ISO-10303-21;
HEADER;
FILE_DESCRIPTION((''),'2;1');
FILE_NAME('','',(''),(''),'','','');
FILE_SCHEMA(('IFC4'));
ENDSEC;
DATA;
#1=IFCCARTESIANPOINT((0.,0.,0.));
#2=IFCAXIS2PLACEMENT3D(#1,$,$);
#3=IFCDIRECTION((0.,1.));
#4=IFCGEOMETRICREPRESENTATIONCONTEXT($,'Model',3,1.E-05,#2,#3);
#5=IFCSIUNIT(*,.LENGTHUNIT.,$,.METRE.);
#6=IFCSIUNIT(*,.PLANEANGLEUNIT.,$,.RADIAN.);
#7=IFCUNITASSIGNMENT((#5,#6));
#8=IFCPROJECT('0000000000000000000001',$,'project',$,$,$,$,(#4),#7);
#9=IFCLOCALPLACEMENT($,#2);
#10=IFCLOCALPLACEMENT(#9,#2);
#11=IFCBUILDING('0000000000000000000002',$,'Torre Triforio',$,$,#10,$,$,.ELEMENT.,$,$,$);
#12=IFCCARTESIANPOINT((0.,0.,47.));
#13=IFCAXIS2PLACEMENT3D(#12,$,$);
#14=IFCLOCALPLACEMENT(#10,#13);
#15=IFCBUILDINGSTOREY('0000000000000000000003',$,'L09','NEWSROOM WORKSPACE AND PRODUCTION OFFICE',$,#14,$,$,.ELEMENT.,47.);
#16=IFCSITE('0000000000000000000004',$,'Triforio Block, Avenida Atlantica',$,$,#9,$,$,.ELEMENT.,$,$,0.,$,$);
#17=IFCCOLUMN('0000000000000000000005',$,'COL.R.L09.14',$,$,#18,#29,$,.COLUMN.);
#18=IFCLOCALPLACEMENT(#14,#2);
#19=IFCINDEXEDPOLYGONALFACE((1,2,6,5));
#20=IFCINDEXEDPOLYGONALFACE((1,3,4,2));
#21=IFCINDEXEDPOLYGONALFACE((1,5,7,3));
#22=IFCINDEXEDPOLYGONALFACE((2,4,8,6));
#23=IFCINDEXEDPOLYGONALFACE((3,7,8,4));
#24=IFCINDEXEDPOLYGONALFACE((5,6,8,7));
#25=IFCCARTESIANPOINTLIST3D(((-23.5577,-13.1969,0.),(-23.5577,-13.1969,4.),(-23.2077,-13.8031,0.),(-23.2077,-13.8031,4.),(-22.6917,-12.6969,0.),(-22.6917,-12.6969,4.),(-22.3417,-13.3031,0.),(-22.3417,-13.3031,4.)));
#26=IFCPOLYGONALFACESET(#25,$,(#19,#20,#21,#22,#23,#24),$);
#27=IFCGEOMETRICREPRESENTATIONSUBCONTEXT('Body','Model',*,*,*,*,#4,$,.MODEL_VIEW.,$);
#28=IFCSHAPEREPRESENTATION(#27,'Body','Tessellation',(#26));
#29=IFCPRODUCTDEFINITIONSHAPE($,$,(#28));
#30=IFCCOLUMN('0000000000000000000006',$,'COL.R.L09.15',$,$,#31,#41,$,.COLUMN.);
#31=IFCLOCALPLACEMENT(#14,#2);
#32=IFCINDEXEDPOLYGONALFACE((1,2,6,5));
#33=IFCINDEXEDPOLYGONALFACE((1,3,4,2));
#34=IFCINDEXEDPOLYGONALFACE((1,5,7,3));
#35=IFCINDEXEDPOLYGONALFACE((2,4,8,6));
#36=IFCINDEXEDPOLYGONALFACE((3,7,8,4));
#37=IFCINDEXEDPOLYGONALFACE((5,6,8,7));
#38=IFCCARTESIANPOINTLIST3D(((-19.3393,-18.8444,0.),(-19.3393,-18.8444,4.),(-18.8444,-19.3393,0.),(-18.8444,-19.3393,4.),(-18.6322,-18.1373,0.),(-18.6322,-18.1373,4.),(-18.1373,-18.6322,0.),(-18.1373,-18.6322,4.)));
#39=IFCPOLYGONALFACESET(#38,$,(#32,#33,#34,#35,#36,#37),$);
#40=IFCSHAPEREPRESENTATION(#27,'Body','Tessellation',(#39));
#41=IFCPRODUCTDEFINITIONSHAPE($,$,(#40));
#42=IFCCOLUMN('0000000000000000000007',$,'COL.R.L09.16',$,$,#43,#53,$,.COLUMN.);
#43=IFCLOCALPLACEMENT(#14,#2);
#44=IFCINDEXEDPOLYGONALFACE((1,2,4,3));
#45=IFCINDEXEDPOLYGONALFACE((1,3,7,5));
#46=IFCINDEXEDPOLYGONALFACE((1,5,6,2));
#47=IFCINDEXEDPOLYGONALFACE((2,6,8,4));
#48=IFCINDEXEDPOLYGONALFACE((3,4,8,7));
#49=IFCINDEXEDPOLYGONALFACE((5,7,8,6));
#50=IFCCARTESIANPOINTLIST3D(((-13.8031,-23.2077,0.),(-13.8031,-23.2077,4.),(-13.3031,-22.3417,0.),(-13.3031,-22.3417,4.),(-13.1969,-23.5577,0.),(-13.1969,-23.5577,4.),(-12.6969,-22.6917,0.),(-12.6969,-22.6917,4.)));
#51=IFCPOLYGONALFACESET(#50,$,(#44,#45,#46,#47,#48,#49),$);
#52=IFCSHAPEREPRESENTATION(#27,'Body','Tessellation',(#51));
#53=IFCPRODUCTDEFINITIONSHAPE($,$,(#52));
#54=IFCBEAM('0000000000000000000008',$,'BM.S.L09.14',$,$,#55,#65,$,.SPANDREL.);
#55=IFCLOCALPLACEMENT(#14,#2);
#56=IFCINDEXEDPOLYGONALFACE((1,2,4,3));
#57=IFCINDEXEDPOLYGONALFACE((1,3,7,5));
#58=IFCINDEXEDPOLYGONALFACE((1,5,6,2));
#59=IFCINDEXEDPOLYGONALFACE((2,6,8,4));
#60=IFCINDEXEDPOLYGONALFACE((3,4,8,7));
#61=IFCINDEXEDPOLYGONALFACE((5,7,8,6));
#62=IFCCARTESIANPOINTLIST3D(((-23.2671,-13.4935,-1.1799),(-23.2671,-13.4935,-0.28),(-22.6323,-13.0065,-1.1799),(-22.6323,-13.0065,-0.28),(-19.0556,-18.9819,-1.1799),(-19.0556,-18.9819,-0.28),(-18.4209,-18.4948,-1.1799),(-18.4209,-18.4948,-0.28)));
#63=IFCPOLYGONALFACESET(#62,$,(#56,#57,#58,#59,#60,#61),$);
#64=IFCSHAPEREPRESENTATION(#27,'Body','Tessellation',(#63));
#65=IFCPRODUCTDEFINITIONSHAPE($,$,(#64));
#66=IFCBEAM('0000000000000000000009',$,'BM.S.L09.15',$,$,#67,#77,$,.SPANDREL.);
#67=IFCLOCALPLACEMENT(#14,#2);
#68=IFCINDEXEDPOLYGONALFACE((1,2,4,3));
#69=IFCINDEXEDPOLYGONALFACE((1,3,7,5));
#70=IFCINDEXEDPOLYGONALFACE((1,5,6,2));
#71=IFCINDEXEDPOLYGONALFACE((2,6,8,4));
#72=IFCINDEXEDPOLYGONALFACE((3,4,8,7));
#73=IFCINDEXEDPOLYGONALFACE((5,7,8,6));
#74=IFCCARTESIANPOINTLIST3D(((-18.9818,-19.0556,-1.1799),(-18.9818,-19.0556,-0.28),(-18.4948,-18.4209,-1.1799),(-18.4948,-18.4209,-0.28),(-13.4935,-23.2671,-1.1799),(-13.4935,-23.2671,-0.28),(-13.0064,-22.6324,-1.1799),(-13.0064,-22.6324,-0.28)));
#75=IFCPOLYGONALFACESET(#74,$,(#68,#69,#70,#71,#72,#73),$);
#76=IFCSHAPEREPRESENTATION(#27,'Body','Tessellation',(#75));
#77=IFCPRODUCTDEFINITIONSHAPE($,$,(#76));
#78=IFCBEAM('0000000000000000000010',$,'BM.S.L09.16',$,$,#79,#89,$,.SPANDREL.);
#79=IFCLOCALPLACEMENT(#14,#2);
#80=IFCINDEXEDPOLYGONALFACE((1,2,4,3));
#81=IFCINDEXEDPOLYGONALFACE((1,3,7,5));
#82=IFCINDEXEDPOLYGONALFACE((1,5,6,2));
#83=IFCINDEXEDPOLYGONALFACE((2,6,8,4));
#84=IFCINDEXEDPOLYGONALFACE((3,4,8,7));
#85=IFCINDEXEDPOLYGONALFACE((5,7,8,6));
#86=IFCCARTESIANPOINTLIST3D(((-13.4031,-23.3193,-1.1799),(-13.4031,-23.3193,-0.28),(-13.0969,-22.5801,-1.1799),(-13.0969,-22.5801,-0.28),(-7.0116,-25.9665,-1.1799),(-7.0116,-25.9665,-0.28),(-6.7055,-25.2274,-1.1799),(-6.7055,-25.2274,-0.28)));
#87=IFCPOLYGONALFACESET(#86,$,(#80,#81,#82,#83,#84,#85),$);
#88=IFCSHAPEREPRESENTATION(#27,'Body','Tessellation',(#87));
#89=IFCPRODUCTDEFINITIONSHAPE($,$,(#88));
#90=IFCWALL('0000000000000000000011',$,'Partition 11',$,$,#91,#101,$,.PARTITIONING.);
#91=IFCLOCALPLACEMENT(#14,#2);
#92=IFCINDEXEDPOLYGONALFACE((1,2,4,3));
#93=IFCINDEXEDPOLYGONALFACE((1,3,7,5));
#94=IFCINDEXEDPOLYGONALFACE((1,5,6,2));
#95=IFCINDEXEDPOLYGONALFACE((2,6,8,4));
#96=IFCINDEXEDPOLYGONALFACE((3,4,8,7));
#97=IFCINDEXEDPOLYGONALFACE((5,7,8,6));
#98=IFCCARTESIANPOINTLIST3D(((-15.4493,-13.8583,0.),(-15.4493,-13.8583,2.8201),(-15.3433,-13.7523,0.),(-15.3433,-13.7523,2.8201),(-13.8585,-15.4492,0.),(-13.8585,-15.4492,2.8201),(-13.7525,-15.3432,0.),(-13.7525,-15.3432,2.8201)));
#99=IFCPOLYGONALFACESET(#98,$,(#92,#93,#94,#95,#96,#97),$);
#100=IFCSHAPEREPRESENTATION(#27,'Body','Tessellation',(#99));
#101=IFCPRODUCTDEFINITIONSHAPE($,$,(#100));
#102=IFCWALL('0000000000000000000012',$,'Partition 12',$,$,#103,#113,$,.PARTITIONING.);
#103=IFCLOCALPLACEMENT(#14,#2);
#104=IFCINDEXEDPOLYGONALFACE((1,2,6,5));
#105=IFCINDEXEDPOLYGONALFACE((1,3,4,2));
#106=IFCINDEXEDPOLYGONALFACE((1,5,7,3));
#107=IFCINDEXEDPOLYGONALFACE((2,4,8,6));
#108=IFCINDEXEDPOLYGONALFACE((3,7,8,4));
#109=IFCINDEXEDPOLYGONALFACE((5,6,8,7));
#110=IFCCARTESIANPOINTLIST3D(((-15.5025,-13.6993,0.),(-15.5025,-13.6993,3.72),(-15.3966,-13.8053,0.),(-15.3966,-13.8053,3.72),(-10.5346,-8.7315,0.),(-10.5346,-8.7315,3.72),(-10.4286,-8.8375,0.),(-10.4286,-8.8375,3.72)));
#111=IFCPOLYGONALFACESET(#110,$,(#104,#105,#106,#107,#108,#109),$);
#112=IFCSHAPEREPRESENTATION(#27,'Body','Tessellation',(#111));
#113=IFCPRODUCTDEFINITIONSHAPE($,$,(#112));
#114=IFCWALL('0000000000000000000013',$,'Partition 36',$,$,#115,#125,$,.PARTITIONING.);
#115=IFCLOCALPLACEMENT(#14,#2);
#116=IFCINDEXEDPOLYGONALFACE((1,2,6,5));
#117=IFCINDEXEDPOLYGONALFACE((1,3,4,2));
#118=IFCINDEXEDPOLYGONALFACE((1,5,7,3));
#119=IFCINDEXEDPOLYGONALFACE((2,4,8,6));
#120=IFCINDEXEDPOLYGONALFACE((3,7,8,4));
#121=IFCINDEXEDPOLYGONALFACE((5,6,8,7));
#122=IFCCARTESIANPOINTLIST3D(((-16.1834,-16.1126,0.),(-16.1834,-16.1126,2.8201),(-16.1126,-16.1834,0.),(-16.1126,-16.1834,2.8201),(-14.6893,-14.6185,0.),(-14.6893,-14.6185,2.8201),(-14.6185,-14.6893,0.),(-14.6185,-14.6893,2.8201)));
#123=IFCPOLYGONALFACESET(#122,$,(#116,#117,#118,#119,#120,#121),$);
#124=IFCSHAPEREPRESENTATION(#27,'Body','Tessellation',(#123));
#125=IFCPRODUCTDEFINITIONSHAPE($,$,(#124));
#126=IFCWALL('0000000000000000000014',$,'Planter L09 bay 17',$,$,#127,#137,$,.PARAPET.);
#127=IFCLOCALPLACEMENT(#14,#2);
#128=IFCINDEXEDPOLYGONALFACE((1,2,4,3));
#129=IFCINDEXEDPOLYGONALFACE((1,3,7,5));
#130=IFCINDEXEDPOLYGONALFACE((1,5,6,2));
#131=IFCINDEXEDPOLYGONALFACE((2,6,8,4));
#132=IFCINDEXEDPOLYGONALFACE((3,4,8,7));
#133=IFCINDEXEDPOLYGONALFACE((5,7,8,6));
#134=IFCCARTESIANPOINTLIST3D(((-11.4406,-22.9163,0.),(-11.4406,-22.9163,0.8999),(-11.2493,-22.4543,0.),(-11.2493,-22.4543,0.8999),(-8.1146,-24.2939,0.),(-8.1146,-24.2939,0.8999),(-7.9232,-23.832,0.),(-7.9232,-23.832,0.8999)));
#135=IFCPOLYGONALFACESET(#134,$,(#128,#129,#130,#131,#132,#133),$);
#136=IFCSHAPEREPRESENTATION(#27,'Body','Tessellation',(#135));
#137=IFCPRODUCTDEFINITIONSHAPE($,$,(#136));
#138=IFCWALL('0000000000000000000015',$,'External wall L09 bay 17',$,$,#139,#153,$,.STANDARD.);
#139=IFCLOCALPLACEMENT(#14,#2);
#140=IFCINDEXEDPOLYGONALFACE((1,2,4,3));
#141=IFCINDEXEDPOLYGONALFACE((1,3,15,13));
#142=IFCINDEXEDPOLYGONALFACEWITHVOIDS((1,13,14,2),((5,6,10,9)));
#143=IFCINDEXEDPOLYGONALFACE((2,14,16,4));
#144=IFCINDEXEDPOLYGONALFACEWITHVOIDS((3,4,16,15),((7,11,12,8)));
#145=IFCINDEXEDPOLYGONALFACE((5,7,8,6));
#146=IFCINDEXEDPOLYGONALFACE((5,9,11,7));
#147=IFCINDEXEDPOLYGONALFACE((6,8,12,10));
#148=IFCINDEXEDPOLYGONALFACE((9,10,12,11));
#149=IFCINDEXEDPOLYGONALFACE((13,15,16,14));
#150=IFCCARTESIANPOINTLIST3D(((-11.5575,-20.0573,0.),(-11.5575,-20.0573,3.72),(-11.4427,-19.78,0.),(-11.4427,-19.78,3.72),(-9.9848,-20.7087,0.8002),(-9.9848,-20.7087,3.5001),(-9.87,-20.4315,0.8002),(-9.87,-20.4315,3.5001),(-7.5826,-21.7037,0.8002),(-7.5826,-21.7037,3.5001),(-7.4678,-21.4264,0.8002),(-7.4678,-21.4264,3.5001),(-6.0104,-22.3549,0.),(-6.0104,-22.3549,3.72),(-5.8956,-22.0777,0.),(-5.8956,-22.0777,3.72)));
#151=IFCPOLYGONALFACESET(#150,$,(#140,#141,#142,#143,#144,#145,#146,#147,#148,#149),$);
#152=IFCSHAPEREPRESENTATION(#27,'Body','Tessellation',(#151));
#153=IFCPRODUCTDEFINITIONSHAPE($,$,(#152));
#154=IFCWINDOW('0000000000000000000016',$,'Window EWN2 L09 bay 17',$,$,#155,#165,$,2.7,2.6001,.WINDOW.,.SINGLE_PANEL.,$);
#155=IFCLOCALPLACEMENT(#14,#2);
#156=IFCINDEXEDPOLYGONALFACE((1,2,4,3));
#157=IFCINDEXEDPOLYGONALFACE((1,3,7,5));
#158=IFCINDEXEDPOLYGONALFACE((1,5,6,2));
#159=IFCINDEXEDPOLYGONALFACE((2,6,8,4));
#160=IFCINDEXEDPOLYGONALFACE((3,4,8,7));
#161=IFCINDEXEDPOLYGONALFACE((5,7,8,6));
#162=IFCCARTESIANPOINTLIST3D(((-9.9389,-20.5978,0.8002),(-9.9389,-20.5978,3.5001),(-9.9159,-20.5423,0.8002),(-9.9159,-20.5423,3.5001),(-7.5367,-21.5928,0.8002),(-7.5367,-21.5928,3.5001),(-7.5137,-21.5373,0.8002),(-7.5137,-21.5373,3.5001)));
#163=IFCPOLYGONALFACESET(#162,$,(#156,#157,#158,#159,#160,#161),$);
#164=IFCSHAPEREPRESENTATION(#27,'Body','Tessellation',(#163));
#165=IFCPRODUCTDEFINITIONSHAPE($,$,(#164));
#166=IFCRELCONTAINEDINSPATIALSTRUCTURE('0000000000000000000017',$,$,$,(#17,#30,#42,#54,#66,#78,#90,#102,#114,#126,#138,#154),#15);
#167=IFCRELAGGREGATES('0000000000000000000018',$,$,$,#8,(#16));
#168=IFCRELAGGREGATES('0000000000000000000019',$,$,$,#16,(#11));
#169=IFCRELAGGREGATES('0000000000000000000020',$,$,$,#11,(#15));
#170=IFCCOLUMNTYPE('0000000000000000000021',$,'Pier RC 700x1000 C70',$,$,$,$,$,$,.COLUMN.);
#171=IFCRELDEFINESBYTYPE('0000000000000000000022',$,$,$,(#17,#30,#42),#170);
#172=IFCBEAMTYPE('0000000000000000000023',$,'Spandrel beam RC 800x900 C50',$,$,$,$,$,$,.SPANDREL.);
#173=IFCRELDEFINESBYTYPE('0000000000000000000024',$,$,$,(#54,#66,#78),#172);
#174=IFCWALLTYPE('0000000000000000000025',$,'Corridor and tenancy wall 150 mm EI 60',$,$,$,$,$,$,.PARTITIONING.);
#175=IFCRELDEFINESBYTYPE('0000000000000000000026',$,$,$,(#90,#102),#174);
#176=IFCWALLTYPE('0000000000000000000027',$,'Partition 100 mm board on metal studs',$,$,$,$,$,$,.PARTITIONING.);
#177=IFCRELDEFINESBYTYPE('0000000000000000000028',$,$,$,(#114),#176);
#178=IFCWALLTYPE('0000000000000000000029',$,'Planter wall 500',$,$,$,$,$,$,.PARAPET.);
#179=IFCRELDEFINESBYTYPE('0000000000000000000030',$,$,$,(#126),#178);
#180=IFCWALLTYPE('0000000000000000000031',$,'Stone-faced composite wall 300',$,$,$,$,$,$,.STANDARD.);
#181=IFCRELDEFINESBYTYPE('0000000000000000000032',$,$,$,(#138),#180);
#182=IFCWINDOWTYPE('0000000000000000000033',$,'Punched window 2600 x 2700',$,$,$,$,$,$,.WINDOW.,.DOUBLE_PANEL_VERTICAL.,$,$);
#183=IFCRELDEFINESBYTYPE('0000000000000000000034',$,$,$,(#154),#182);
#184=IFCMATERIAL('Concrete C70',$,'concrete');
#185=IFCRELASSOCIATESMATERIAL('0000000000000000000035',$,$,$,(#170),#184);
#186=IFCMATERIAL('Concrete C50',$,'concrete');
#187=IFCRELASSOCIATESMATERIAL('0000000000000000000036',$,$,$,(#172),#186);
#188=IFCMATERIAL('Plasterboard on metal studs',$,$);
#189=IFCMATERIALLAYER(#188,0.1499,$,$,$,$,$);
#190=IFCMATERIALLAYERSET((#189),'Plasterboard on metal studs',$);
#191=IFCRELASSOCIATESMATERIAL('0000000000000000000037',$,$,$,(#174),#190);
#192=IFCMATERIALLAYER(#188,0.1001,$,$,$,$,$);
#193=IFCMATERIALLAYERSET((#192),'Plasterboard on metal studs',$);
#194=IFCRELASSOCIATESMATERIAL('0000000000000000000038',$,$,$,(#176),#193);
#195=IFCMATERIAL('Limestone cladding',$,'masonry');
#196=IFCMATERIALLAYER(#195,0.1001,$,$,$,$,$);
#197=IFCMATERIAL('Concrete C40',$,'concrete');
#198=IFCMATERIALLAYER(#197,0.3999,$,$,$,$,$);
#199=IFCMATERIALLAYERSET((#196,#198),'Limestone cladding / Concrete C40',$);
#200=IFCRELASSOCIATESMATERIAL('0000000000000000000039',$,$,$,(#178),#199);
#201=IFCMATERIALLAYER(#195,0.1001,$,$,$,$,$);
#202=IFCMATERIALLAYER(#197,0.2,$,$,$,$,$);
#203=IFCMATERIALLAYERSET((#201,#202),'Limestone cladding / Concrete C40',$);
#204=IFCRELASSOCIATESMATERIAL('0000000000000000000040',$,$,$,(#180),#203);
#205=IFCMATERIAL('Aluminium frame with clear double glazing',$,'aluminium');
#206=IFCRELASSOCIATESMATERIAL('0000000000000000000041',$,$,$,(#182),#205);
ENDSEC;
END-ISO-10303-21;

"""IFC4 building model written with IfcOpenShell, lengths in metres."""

from ifc_helpers import new_model, si_unit, direction, frame, frame_2d, origin, origin_2d, place, context, subcontext, project, spatial, rectangle, extrude, material, layer, layer_set, material_profile, profile_set, type_object, element, fill, save


model = new_model("IFC4")

# Units and contexts
model_context = context("Model", 3, precision=1e-05, world=origin(), true_north=direction((0.0, 1.0)))
body_context = subcontext(model_context, "Body", "Model", "MODEL_VIEW")
ifc_project = project(units=[si_unit("LENGTHUNIT", "METRE"), si_unit("PLANEANGLEUNIT", "RADIAN")], contexts=[model_context])

# Site, building, storey
site_placement = place(None, origin())
site = spatial("IfcSite", under=ifc_project, at=site_placement, Name="Triforio Block, Avenida Atlantica", CompositionType="ELEMENT", RefElevation=0.0)
building_placement = place(site_placement, origin())
building = spatial("IfcBuilding", under=site, at=building_placement, Name="Torre Triforio", CompositionType="ELEMENT")
storey_placement = place(building_placement, frame((0.0, 0.0, 47.0)))
storey = spatial("IfcBuildingStorey", under=building, at=storey_placement, Name="L09", Description="NEWSROOM WORKSPACE AND PRODUCTION OFFICE", CompositionType="ELEMENT", Elevation=47.0)

# Columns
ifc_material_1 = material(Name="Concrete C70", Category="concrete")
ifc_material_profile_1 = material_profile(ifc_material_1, rectangle(XDim=0.7, YDim=1.0, at=origin_2d()), Name="RC 700x1000")
ifc_profile_set_1 = profile_set([ifc_material_profile_1], Name="Concrete C70")
column_type = type_object("IfcColumnType", Name="Pier RC 700x1000 C70", PredefinedType="COLUMN", material=ifc_profile_set_1)
for number, where, z_axis, x_axis, name in (
    (1, (-22.9497, -13.25, 0.0), (0.0, 0.0, 1.0), (0.5, -0.866025, 0.0), "COL.R.L09.14"),
    (2, (-18.7383, -18.7383, 0.0), (0.0, 0.0, 1.0), (0.707107, -0.707107, 0.0), "COL.R.L09.15"),
    (3, (-13.25, -22.9497, 0.0), (0.0, 0.0, 1.0), (0.866025, -0.5, 0.0), "COL.R.L09.16"),
):
    element("IfcColumn", number, at=place(storey_placement, frame(where, z_axis=z_axis, x_axis=x_axis)), inside=storey, type_object=column_type, Name=name, PredefinedType="COLUMN", context=body_context, shape_type="SweptSolid", body=[
        extrude(rectangle(XDim=0.7, YDim=1.0, at=origin_2d()), origin(), (0.0, 0.0, 1.0), 4.0),
    ])

# Beams
ifc_material_2 = material(Name="Concrete C50", Category="concrete")
ifc_material_profile_2 = material_profile(ifc_material_2, rectangle(XDim=0.8, YDim=0.8999, at=origin_2d()), Name="RC 800x900")
ifc_profile_set_2 = profile_set([ifc_material_profile_2], Name="Concrete C50")
beam_type = type_object("IfcBeamType", Name="Spandrel beam RC 800x900 C50", PredefinedType="SPANDREL", material=ifc_profile_set_2)
for number, where, z_axis, x_axis, name in (
    (4, (-22.9497, -13.25, -0.73), (0.608772, -0.793345, 0.0), (0.793345, 0.608772, 0.0), "BM.S.L09.14"),
    (5, (-18.7383, -18.7383, -0.73), (0.793345, -0.608772, 0.0), (0.608772, 0.793345, 0.0), "BM.S.L09.15"),
    (6, (-13.25, -22.9497, -0.73), (0.923888, -0.382662, 0.0), (0.382662, 0.923888, 0.0), "BM.S.L09.16"),
):
    element("IfcBeam", number, at=place(storey_placement, frame(where, z_axis=z_axis, x_axis=x_axis)), inside=storey, type_object=beam_type, Name=name, PredefinedType="SPANDREL", context=body_context, shape_type="SweptSolid", body=[
        extrude(rectangle(XDim=0.8, YDim=0.8999, at=origin_2d()), origin(), (0.0, 0.0, 1.0), 6.918),
    ])

# Walls
ifc_material_3 = material(Name="Plasterboard on metal studs")
ifc_layer_1 = layer(ifc_material_3, 0.1499)
ifc_layer_set_1 = layer_set([ifc_layer_1], Name="Plasterboard on metal studs")
wall_type_1 = type_object("IfcWallType", Name="Corridor and tenancy wall 150 mm EI 60", PredefinedType="PARTITIONING", material=ifc_layer_set_1)
wall_1_placement = place(storey_placement, frame((-13.8054, -15.3962, 0.0), z_axis=(0.0, 0.0, 1.0), x_axis=(-0.707107, 0.707107, 0.0)))
element("IfcWall", 7, at=wall_1_placement, inside=storey, type_object=wall_type_1, Name="Partition 11", PredefinedType="PARTITIONING", context=body_context, shape_type="SweptSolid", body=[
    extrude(rectangle(XDim=2.2498, YDim=0.1499, at=frame_2d((1.125, 0.0))), origin(), (0.0, 0.0, 1.0), 2.8201),
])
wall_2_placement = place(storey_placement, frame((-15.4495, -13.7522, 0.0), z_axis=(0.0, 0.0, 1.0), x_axis=(0.707124, 0.707089, 0.0)))
element("IfcWall", 8, at=wall_2_placement, inside=storey, type_object=wall_type_1, Name="Partition 12", PredefinedType="PARTITIONING", context=body_context, shape_type="SweptSolid", body=[
    extrude(rectangle(XDim=7.0256, YDim=0.1499, at=frame_2d((3.5127, 0.0))), origin(), (0.0, 0.0, 1.0), 3.72),
])
ifc_layer_2 = layer(ifc_material_3, 0.1001)
ifc_layer_set_2 = layer_set([ifc_layer_2], Name="Plasterboard on metal studs")
wall_type_2 = type_object("IfcWallType", Name="Partition 100 mm board on metal studs", PredefinedType="PARTITIONING", material=ifc_layer_set_2)
wall_3_placement = place(storey_placement, frame((-14.6538, -14.6538, 0.0), z_axis=(0.0, 0.0, 1.0), x_axis=(-0.707107, -0.707107, 0.0)))
element("IfcWall", 9, at=wall_3_placement, inside=storey, type_object=wall_type_2, Name="Partition 36", PredefinedType="PARTITIONING", context=body_context, shape_type="SweptSolid", body=[
    extrude(rectangle(XDim=2.113, YDim=0.1001, at=frame_2d((1.0566, 0.0))), origin(), (0.0, 0.0, 1.0), 2.8201),
])
ifc_material_4 = material(Name="Limestone cladding", Category="masonry")
ifc_layer_3 = layer(ifc_material_4, 0.1001)
ifc_material_5 = material(Name="Concrete C40", Category="concrete")
ifc_layer_4 = layer(ifc_material_5, 0.3999)
ifc_layer_set_3 = layer_set([ifc_layer_3, ifc_layer_4], Name="Limestone cladding / Concrete C40")
wall_type_3 = type_object("IfcWallType", Name="Planter wall 500", PredefinedType="PARAPET", material=ifc_layer_set_3)
wall_4_placement = place(storey_placement, frame((-11.345, -22.6853, 0.0), z_axis=(0.0, 0.0, 1.0), x_axis=(0.923885, -0.382669, 0.0)))
element("IfcWall", 10, at=wall_4_placement, inside=storey, type_object=wall_type_3, Name="Planter L09 bay 17", PredefinedType="PARAPET", context=body_context, shape_type="SweptSolid", body=[
    extrude(rectangle(XDim=3.6001, YDim=0.5, at=frame_2d((1.8, 0.0))), origin(), (0.0, 0.0, 1.0), 0.8999),
])

# Shared definitions
ifc_layer_5 = layer(ifc_material_4, 0.1001)
ifc_layer_6 = layer(ifc_material_5, 0.2)
ifc_layer_set_4 = layer_set([ifc_layer_5, ifc_layer_6], Name="Limestone cladding / Concrete C40")
wall_type_4 = type_object("IfcWallType", Name="Stone-faced composite wall 300", PredefinedType="STANDARD", material=ifc_layer_set_4)
ifc_material_6 = material(Name="Aluminium frame with clear double glazing", Category="aluminium")

# Wall, opening, window
wall_5_placement = place(storey_placement, frame((-11.5, -19.9187, 0.0), z_axis=(0.0, 0.0, 1.0), x_axis=(0.923885, -0.382671, 0.0)))
wall_5 = element("IfcWall", 11, at=wall_5_placement, inside=storey, type_object=wall_type_4, Name="External wall L09 bay 17", PredefinedType="STANDARD", context=body_context, shape_type="SweptSolid", body=[
    extrude(rectangle(XDim=6.0042, YDim=0.3, at=frame_2d((3.002, 0.0))), origin(), (0.0, 0.0, 1.0), 3.72),
])
opening_1_placement = place(wall_5_placement, frame((1.7021, 0.0, 0.8)))
opening_1 = element("IfcOpeningElement", 12, at=opening_1_placement, cuts=wall_5, PredefinedType="OPENING", context=body_context, shape_type="SweptSolid", body=[
    extrude(rectangle(XDim=2.6001, YDim=2.7, at=frame_2d((1.3, 1.3501))), frame((0.0, 0.1599, 0.0), z_axis=(0.0, -1.0, 0.0), x_axis=(1.0, 0.0, 0.0)), (0.0, 0.0, 1.0), 0.3201),
])
window_type_1 = type_object("IfcWindowType", Name="Punched window 2600 x 2700", PartitioningType="DOUBLE_PANEL_VERTICAL", PredefinedType="WINDOW", material=ifc_material_6)
window_1_placement = place(opening_1_placement, origin())
window_1 = element("IfcWindow", 13, at=window_1_placement, inside=storey, type_object=window_type_1, Name="Window EWN2 L09 bay 17", OverallHeight=2.7, OverallWidth=2.6001, PartitioningType="SINGLE_PANEL", PredefinedType="WINDOW", context=body_context, shape_type="SweptSolid", body=[
    extrude(rectangle(XDim=2.6001, YDim=2.7, at=frame_2d((1.3, 1.3501))), frame((0.0, 0.03, 0.0), z_axis=(0.0, -1.0, 0.0), x_axis=(1.0, 0.0, 0.0)), (0.0, 0.0, 1.0), 0.0601),
])
fill(opening_1, window_1)

save(model, "model.ifc")
